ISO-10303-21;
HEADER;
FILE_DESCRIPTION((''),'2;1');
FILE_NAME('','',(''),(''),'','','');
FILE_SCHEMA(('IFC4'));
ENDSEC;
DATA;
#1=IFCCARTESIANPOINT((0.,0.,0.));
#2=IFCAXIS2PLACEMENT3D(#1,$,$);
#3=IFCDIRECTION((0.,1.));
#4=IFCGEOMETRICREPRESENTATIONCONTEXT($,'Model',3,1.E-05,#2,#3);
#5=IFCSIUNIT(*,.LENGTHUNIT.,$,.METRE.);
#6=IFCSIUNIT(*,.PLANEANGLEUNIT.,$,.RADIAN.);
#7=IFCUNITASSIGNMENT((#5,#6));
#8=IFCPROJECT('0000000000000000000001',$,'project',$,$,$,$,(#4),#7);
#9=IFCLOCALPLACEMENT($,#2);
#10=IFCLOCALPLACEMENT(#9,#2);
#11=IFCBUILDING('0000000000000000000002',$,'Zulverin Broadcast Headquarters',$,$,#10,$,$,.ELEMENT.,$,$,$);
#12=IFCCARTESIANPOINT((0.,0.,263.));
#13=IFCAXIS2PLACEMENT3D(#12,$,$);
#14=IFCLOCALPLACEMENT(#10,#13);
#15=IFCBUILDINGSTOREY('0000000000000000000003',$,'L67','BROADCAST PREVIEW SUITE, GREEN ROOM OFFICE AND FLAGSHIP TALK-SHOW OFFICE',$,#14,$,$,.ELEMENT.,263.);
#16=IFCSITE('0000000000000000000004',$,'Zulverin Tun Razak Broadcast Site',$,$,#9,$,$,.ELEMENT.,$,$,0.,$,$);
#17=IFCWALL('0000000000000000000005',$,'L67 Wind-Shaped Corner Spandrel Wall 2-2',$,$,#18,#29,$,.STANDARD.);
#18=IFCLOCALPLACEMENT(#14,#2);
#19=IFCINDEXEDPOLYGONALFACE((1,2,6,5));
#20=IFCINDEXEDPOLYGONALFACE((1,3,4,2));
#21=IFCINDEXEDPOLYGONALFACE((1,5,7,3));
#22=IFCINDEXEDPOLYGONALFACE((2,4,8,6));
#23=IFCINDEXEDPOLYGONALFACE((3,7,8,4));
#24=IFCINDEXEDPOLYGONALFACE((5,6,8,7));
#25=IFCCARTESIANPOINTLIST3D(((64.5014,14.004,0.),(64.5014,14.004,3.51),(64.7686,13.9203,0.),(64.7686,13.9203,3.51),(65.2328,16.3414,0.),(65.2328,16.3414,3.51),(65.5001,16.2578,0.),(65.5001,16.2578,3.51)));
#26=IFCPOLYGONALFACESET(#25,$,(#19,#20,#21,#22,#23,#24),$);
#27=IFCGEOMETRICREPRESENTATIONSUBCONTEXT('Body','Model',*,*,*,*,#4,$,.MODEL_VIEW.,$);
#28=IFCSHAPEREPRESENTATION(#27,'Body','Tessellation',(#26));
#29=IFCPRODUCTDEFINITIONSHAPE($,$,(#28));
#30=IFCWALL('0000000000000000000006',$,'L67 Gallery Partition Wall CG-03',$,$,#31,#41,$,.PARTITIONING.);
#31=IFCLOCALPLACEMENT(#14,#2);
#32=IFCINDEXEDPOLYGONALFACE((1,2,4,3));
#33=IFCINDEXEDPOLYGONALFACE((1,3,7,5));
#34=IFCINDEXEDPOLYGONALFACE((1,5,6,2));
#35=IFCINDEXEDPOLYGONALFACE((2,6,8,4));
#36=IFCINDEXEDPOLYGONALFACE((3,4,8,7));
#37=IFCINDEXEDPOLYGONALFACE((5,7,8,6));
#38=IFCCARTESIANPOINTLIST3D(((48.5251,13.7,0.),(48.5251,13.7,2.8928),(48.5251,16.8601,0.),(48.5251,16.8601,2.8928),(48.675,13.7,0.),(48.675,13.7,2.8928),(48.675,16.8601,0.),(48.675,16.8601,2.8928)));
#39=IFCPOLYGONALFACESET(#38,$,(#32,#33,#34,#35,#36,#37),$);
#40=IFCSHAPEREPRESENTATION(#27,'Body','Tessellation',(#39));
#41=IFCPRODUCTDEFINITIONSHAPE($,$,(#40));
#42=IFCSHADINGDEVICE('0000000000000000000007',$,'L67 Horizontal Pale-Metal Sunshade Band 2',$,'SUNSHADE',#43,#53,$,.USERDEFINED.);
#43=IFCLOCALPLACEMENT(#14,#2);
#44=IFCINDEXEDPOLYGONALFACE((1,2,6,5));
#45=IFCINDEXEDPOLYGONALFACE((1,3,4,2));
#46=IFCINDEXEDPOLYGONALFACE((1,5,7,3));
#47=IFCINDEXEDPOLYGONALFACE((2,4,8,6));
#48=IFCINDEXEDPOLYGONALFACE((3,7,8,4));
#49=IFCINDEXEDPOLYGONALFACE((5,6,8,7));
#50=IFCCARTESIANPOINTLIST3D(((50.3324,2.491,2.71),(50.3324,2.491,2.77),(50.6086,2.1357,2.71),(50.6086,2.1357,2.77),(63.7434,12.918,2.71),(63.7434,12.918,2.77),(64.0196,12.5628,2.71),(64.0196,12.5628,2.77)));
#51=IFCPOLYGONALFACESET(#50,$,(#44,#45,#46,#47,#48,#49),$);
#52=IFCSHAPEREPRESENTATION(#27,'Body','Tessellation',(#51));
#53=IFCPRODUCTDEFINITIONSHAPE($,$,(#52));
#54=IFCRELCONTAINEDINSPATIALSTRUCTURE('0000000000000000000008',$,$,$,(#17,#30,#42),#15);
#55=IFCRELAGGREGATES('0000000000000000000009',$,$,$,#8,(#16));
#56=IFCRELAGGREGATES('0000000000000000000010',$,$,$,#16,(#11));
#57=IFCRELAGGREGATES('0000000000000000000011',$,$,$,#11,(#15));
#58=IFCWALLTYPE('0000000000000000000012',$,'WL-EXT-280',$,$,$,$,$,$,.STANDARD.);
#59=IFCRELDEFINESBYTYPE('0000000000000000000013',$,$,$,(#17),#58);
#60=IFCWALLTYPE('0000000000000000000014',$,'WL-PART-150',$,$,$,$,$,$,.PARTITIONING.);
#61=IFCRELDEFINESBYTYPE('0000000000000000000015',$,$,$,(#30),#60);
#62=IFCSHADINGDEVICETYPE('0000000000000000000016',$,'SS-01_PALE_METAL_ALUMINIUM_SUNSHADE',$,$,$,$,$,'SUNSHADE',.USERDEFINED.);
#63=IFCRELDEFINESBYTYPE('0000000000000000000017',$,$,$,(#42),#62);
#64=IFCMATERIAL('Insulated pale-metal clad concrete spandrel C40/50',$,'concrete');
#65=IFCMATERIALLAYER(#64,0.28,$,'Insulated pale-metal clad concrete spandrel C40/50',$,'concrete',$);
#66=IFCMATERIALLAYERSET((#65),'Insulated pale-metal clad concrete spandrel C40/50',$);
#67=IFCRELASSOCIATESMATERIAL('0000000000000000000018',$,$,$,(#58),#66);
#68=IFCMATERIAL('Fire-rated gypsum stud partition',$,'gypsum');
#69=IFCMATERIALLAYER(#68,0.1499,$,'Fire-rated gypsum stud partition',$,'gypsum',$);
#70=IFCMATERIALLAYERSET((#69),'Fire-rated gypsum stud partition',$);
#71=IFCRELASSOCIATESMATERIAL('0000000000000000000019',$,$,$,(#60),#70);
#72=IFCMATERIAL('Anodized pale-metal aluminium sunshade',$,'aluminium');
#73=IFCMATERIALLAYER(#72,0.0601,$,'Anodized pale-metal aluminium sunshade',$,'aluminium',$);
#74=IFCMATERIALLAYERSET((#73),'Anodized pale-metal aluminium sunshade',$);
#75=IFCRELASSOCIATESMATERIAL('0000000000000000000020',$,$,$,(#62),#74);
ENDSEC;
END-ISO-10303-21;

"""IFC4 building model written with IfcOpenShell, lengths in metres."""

from ifc_helpers import new_model, si_unit, direction, frame, frame_2d, origin, origin_2d, place, context, subcontext, project, spatial, rectangle, extrude, material, layer, layer_set, type_object, element, save


model = new_model("IFC4")

# Units and contexts
model_context = context("Model", 3, precision=1e-05, world=origin(), true_north=direction((0.0, 1.0)))
body_context = subcontext(model_context, "Body", "Model", "MODEL_VIEW")
ifc_project = project(units=[si_unit("LENGTHUNIT", "METRE"), si_unit("PLANEANGLEUNIT", "RADIAN")], contexts=[model_context])

# Site, building, storey
site_placement = place(None, origin())
site = spatial("IfcSite", under=ifc_project, at=site_placement, Name="Zulverin Tun Razak Broadcast Site", CompositionType="ELEMENT", RefElevation=0.0)
building_placement = place(site_placement, origin())
building = spatial("IfcBuilding", under=site, at=building_placement, Name="Zulverin Broadcast Headquarters", CompositionType="ELEMENT")
storey_placement = place(building_placement, frame((0.0, 0.0, 263.0)))
storey = spatial("IfcBuildingStorey", under=building, at=storey_placement, Name="L67", Description="BROADCAST PREVIEW SUITE, GREEN ROOM OFFICE AND FLAGSHIP TALK-SHOW OFFICE", CompositionType="ELEMENT", Elevation=263.0)

# Shared definitions
ifc_material_1 = material(Name="Insulated pale-metal clad concrete spandrel C40/50", Category="concrete")
ifc_layer_1 = layer(ifc_material_1, 0.28, Name="Insulated pale-metal clad concrete spandrel C40/50", Category="concrete")
ifc_layer_set_1 = layer_set([ifc_layer_1], Name="Insulated pale-metal clad concrete spandrel C40/50")
wall_type_1 = type_object("IfcWallType", Name="WL-EXT-280", PredefinedType="STANDARD", material=ifc_layer_set_1)

# Walls
wall_1_placement = place(storey_placement, frame((64.635, 13.9622, 0.0), z_axis=(0.0, 0.0, 1.0), x_axis=(0.29865, 0.954363, 0.0)))
element("IfcWall", 1, at=wall_1_placement, inside=storey, type_object=wall_type_1, Name="L67 Wind-Shaped Corner Spandrel Wall 2-2", PredefinedType="STANDARD", context=body_context, shape_type="SweptSolid", body=[
    extrude(rectangle(XDim=2.4492, YDim=0.28, at=frame_2d((1.2246, 0.0))), origin(), (0.0, 0.0, 1.0), 3.51),
])
ifc_material_2 = material(Name="Fire-rated gypsum stud partition", Category="gypsum")
ifc_layer_2 = layer(ifc_material_2, 0.1499, Name="Fire-rated gypsum stud partition", Category="gypsum")
ifc_layer_set_2 = layer_set([ifc_layer_2], Name="Fire-rated gypsum stud partition")
wall_type_2 = type_object("IfcWallType", Name="WL-PART-150", PredefinedType="PARTITIONING", material=ifc_layer_set_2)
wall_2_placement = place(storey_placement, frame((48.6001, 13.7, 0.0), z_axis=(0.0, 0.0, 1.0), x_axis=(0.0, 1.0, 0.0)))
element("IfcWall", 2, at=wall_2_placement, inside=storey, type_object=wall_type_2, Name="L67 Gallery Partition Wall CG-03", PredefinedType="PARTITIONING", context=body_context, shape_type="SweptSolid", body=[
    extrude(rectangle(XDim=3.1602, YDim=0.1499, at=frame_2d((1.5801, 0.0))), origin(), (0.0, 0.0, 1.0), 2.8928),
])

# Shading device
ifc_material_3 = material(Name="Anodized pale-metal aluminium sunshade", Category="aluminium")
ifc_layer_3 = layer(ifc_material_3, 0.0601, Name="Anodized pale-metal aluminium sunshade", Category="aluminium")
ifc_layer_set_3 = layer_set([ifc_layer_3], Name="Anodized pale-metal aluminium sunshade")
shading_device_type = type_object("IfcShadingDeviceType", Name="SS-01_PALE_METAL_ALUMINIUM_SUNSHADE", ElementType="SUNSHADE", PredefinedType="USERDEFINED", material=ifc_layer_set_3)
shading_device_placement = place(storey_placement, frame((57.176, 7.5269, 2.71), z_axis=(0.0, 0.0, 1.0), x_axis=(0.789459, 0.613803, 0.0)))
element("IfcShadingDevice", 3, at=shading_device_placement, inside=storey, type_object=shading_device_type, Name="L67 Horizontal Pale-Metal Sunshade Band 2", ObjectType="SUNSHADE", PredefinedType="USERDEFINED", context=body_context, shape_type="SweptSolid", body=[
    extrude(rectangle(XDim=16.9875, YDim=0.45, at=origin_2d()), origin(), (0.0, 0.0, 1.0), 0.0601),
])

save(model, "model.ifc")
